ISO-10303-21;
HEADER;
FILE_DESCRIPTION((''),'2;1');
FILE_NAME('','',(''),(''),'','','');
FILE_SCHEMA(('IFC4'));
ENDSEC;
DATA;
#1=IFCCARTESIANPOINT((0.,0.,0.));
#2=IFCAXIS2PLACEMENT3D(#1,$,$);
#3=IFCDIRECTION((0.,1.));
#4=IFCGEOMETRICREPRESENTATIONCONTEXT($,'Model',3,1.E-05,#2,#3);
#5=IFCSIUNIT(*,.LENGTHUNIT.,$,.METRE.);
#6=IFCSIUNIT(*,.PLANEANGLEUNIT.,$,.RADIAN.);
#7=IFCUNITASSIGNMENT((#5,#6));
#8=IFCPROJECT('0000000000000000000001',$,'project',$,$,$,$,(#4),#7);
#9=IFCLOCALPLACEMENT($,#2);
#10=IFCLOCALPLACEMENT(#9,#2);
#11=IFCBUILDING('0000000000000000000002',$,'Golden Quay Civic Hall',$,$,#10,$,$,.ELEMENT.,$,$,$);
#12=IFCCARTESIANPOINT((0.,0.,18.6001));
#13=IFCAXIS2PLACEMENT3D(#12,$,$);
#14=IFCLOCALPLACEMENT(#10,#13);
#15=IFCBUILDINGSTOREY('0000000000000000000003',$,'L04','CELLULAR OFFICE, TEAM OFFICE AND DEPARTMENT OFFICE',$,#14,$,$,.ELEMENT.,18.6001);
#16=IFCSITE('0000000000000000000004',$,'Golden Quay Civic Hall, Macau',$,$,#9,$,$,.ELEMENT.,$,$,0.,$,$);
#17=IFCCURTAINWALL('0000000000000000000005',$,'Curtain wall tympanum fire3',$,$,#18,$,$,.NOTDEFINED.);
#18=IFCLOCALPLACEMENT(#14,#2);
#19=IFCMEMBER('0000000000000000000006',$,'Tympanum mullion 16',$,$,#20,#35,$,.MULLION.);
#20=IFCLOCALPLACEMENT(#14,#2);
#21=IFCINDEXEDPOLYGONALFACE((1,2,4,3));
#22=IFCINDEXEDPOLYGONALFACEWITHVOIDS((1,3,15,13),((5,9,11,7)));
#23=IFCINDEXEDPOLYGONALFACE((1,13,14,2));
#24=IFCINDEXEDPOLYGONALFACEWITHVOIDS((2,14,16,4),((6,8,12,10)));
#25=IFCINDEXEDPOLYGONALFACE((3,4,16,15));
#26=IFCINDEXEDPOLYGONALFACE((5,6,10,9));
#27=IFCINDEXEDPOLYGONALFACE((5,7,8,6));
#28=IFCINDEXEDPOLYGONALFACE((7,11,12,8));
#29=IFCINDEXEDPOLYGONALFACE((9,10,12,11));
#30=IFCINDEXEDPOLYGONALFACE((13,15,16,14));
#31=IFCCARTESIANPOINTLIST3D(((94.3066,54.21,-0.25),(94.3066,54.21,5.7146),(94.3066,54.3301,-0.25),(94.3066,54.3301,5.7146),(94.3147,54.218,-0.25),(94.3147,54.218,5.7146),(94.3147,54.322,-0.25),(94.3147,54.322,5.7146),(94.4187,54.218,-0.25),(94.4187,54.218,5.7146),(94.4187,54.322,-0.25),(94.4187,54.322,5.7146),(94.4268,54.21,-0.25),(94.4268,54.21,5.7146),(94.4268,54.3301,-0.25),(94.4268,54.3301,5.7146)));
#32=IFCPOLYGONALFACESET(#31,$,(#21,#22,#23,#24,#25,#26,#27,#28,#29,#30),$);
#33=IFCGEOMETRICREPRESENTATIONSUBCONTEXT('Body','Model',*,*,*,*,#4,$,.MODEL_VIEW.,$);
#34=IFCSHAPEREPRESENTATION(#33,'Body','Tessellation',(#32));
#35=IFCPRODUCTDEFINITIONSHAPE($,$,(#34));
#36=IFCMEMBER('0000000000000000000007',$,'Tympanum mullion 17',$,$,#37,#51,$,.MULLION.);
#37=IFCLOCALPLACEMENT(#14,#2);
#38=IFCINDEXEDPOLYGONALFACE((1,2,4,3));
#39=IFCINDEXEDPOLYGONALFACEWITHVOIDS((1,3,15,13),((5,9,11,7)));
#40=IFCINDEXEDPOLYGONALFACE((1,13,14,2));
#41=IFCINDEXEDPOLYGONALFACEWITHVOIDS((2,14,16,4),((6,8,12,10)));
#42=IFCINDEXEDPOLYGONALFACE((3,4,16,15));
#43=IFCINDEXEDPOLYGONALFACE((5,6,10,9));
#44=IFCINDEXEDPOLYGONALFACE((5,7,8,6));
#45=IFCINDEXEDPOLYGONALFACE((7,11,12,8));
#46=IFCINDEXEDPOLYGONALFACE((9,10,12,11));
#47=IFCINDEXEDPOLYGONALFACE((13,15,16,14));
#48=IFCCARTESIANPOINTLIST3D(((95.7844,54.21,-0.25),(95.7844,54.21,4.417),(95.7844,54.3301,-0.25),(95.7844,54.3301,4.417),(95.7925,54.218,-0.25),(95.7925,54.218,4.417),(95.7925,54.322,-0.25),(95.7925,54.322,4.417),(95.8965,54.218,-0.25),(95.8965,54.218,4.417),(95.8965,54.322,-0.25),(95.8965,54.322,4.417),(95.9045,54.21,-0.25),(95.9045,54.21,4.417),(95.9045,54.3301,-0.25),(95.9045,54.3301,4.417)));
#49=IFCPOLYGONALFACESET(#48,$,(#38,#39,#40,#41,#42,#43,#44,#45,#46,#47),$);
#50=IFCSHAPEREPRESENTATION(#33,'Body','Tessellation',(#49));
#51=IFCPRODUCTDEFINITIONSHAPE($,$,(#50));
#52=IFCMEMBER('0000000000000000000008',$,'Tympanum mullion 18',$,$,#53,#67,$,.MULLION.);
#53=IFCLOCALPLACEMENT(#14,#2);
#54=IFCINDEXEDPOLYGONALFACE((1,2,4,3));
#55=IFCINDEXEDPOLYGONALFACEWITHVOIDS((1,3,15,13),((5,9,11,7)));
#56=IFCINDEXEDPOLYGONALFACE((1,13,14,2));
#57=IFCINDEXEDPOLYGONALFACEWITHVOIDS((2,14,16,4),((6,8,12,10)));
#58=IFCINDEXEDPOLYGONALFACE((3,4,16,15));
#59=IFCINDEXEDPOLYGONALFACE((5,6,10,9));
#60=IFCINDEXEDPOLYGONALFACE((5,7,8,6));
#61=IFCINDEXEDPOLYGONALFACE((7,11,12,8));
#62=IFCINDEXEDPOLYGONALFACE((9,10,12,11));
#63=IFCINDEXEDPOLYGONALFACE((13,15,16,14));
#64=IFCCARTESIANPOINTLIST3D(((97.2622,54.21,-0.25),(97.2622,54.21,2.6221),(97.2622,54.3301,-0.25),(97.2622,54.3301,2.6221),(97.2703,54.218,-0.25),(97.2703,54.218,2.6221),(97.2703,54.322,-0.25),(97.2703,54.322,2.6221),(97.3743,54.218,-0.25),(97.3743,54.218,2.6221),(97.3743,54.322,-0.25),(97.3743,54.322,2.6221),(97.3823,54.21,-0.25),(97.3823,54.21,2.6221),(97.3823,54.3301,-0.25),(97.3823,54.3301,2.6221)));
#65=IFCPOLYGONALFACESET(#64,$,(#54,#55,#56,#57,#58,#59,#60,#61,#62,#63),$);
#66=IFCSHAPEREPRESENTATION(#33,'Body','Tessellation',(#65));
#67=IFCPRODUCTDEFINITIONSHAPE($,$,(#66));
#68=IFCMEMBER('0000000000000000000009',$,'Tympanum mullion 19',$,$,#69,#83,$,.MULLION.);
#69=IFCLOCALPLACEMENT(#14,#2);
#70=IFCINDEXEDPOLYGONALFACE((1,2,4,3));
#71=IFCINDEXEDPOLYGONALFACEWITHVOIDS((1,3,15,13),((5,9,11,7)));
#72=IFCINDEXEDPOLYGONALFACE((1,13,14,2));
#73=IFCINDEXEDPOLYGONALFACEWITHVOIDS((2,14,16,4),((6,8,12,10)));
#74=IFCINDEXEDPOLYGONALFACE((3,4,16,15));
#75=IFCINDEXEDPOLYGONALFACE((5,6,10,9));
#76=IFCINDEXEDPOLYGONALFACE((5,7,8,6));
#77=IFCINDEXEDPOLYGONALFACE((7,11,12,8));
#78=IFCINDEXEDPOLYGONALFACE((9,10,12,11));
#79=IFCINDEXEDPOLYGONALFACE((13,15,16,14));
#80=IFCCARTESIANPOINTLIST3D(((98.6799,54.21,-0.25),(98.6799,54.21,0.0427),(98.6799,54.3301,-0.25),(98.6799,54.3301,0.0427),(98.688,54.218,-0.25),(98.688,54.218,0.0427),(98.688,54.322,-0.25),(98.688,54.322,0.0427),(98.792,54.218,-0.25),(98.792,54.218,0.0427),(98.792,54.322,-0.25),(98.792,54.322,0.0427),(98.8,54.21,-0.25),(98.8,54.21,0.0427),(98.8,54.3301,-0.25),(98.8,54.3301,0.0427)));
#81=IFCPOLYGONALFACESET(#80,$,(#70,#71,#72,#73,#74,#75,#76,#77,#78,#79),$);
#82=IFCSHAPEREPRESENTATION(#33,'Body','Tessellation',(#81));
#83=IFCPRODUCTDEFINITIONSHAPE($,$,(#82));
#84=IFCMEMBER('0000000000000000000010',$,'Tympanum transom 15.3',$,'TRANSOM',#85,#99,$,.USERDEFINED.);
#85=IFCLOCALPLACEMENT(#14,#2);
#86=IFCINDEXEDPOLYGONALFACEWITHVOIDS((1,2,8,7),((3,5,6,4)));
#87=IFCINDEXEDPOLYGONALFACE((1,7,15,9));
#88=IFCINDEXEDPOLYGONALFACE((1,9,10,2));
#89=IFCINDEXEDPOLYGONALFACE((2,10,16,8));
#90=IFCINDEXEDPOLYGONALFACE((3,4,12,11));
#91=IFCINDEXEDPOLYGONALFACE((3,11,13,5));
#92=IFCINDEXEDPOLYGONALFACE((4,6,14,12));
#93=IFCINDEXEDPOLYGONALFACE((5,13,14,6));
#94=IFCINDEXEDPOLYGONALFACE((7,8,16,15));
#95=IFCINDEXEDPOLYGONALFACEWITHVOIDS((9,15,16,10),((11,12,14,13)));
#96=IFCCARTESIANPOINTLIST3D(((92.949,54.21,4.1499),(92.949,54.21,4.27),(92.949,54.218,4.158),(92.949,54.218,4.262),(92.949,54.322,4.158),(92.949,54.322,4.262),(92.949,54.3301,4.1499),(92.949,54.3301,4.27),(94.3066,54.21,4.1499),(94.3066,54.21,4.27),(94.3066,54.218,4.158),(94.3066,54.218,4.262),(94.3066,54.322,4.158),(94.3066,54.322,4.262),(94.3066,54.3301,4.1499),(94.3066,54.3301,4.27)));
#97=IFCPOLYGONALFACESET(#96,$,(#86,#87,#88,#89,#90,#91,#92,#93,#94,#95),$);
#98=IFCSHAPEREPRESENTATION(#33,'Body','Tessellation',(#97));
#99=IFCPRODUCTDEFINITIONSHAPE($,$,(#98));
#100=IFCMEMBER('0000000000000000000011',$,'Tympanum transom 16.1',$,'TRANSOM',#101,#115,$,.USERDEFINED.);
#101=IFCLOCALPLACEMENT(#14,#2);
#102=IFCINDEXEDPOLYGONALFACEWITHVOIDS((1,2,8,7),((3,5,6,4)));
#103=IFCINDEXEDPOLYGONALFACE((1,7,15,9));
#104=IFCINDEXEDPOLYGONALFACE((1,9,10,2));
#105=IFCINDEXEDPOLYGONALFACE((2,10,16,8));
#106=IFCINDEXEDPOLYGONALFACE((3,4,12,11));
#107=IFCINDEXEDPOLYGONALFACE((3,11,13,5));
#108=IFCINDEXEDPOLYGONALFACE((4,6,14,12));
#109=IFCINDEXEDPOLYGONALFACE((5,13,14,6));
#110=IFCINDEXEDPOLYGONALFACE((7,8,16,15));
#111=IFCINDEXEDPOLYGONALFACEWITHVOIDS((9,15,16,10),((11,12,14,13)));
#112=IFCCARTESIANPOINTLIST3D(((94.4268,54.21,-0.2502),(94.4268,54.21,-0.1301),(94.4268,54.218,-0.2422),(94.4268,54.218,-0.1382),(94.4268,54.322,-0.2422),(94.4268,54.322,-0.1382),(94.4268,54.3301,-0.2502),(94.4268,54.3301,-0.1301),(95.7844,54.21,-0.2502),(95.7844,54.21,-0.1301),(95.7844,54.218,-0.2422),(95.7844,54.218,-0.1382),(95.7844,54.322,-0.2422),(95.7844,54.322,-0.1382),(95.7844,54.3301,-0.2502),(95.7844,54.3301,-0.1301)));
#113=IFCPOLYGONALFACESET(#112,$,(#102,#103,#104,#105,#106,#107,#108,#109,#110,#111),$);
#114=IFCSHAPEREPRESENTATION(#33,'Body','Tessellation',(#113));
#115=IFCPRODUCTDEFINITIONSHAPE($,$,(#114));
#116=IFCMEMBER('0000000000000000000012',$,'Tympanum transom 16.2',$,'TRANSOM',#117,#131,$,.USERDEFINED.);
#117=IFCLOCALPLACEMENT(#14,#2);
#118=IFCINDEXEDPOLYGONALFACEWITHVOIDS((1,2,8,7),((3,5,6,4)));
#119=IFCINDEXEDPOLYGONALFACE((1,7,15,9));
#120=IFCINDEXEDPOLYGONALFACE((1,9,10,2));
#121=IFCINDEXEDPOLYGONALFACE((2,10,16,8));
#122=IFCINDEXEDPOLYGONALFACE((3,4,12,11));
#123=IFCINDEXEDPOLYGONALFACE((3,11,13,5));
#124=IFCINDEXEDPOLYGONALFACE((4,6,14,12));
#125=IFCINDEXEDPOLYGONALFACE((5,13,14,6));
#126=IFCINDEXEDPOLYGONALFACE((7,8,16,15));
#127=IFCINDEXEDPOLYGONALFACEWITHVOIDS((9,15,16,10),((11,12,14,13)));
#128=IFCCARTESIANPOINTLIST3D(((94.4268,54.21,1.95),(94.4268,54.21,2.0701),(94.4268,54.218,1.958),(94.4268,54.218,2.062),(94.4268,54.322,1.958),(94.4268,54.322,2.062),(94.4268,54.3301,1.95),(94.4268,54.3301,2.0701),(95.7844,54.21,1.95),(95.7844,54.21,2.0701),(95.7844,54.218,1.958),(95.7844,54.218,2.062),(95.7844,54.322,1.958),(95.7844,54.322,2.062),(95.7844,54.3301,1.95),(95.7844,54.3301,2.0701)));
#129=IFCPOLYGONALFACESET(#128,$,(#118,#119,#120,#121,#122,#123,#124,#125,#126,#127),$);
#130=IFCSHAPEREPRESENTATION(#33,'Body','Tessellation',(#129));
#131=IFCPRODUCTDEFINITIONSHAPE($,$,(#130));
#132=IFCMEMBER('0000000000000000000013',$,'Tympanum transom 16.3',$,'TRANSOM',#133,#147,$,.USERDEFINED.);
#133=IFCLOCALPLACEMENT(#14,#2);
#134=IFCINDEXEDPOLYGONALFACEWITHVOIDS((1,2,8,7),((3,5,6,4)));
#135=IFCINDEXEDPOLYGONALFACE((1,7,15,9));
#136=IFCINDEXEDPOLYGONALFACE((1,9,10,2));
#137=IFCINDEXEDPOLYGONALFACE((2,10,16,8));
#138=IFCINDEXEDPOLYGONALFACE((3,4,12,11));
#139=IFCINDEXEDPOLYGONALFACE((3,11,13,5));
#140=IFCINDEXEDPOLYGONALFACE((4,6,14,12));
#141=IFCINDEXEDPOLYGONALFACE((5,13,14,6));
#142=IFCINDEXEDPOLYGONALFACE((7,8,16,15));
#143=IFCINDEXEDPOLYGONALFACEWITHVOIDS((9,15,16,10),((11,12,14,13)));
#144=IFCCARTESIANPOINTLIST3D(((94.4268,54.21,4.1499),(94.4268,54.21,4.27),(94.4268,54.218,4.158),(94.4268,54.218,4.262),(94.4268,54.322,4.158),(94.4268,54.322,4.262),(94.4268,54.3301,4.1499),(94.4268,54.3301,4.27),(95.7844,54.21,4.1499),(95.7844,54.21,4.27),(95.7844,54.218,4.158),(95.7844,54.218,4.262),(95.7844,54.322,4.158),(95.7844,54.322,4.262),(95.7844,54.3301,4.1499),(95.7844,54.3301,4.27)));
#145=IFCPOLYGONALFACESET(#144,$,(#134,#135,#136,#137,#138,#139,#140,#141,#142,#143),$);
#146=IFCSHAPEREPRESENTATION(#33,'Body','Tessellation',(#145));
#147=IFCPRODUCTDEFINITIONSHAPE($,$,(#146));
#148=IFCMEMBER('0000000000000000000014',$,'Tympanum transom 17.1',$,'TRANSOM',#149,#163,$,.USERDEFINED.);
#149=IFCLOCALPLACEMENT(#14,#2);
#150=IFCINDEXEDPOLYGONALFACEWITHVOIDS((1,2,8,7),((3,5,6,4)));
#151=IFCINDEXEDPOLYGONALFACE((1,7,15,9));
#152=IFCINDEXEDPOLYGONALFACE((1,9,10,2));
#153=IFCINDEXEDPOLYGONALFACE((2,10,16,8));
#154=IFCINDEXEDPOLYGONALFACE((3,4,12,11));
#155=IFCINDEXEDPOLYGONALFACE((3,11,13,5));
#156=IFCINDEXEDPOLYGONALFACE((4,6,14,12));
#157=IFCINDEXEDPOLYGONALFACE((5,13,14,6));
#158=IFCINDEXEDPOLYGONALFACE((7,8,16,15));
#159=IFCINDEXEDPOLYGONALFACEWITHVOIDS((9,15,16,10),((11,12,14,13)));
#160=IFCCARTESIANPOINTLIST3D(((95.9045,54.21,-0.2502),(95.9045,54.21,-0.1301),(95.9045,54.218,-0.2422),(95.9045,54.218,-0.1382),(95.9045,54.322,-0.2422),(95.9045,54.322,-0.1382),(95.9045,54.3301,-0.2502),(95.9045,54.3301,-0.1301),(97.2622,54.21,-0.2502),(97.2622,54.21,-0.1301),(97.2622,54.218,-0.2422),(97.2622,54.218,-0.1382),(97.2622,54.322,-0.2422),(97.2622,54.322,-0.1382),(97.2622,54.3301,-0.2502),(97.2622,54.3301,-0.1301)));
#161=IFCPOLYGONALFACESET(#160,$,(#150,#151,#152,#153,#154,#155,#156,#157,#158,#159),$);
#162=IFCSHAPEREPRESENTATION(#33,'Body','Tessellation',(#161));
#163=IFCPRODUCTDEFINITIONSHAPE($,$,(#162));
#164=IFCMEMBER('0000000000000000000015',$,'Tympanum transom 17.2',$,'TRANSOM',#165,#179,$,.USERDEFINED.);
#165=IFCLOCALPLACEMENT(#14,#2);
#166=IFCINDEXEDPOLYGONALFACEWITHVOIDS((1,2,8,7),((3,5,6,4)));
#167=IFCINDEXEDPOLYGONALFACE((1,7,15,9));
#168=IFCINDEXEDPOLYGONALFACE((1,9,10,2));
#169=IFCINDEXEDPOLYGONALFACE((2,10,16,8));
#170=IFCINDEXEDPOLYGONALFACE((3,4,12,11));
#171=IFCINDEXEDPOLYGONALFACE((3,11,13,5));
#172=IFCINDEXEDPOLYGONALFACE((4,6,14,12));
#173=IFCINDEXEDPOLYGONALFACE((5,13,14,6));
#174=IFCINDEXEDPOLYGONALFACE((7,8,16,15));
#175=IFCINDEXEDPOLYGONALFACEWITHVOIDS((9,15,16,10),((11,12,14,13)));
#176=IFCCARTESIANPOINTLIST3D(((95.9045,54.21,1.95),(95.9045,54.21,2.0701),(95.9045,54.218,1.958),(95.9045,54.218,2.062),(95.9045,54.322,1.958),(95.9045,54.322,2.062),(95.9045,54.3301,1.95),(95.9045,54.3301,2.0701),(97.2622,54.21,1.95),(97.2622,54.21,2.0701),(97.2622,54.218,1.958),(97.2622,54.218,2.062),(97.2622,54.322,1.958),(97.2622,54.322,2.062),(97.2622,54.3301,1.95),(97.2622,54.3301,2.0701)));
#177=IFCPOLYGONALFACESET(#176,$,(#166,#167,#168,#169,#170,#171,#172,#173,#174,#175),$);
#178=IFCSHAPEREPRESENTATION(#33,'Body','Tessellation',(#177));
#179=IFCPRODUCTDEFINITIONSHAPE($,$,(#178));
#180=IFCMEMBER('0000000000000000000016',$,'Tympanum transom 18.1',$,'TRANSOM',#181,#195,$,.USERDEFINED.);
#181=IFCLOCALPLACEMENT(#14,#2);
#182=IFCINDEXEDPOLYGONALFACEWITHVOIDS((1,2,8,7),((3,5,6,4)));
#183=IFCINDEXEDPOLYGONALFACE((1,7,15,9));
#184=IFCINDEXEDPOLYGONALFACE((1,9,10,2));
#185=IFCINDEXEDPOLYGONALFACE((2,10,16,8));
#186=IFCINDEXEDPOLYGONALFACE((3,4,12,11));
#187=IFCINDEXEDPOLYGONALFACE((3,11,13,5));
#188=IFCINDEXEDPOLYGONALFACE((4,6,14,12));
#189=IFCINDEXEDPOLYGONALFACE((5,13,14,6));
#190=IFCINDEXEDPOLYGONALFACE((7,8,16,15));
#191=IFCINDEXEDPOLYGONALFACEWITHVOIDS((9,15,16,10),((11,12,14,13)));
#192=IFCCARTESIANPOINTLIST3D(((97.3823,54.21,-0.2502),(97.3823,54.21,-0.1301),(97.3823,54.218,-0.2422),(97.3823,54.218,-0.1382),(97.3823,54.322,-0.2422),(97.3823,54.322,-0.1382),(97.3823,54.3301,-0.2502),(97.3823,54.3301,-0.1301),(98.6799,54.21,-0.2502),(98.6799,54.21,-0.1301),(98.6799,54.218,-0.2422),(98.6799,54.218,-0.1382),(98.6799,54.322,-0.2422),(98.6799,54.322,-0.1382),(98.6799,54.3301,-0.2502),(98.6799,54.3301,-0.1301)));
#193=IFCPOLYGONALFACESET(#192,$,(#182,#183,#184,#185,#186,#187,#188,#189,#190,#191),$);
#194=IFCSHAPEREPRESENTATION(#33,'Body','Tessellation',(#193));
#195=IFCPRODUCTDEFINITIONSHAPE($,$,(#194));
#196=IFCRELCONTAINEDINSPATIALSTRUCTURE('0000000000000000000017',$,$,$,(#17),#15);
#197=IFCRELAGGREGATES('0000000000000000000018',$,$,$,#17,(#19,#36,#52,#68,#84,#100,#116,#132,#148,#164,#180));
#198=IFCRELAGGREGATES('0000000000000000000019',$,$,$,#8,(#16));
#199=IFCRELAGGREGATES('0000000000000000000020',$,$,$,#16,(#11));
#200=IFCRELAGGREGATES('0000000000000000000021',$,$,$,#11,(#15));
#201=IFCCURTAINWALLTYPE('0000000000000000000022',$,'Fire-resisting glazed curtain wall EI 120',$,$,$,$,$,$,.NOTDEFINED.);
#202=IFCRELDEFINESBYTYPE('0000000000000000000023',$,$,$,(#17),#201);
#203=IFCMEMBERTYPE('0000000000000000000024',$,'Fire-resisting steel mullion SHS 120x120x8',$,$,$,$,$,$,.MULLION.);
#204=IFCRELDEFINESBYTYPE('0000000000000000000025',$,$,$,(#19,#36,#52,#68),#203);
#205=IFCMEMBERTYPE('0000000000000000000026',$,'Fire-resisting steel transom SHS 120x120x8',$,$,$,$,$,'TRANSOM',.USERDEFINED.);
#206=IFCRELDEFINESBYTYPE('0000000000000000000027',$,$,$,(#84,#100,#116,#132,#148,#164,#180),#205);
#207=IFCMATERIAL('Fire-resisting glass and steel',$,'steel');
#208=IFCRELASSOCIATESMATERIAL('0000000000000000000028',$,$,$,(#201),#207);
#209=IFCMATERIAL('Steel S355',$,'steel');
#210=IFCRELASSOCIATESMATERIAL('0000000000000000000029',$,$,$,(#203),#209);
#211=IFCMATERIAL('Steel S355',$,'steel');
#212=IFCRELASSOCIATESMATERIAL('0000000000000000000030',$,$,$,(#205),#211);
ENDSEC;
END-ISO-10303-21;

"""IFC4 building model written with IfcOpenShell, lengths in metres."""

from ifc_helpers import new_model, si_unit, direction, frame, origin, origin_2d, place, context, subcontext, project, spatial, hollow_rectangle, extrude, material, material_profile, profile_set, type_object, element, aggregate, save


model = new_model("IFC4")

# Units and contexts
model_context = context("Model", 3, precision=1e-05, world=origin(), true_north=direction((0.0, 1.0)))
body_context = subcontext(model_context, "Body", "Model", "MODEL_VIEW")
ifc_project = project(units=[si_unit("LENGTHUNIT", "METRE"), si_unit("PLANEANGLEUNIT", "RADIAN")], contexts=[model_context])

# Site, building, storey
site_placement = place(None, origin())
site = spatial("IfcSite", under=ifc_project, at=site_placement, Name="Golden Quay Civic Hall, Macau", CompositionType="ELEMENT", RefElevation=0.0)
building_placement = place(site_placement, origin())
building = spatial("IfcBuilding", under=site, at=building_placement, Name="Golden Quay Civic Hall", CompositionType="ELEMENT")
storey_placement = place(building_placement, frame((0.0, 0.0, 18.6001)))
storey = spatial("IfcBuildingStorey", under=building, at=storey_placement, Name="L04", Description="CELLULAR OFFICE, TEAM OFFICE AND DEPARTMENT OFFICE", CompositionType="ELEMENT", Elevation=18.6001)

# Curtain wall, members
ifc_material_1 = material(Name="Fire-resisting glass and steel", Category="steel")
curtain_wall_type = type_object("IfcCurtainWallType", Name="Fire-resisting glazed curtain wall EI 120", PredefinedType="NOTDEFINED", material=ifc_material_1)
curtain_wall_placement = place(storey_placement, origin())
curtain_wall = element("IfcCurtainWall", 1, at=curtain_wall_placement, inside=storey, type_object=curtain_wall_type, Name="Curtain wall tympanum fire3", PredefinedType="NOTDEFINED")
ifc_material_2 = material(Name="Steel S355", Category="steel")
ifc_material_profile_1 = material_profile(ifc_material_2, hollow_rectangle(XDim=0.1201, YDim=0.1201, WallThickness=0.0081, at=origin_2d()), Name="SHS 120x120x8")
ifc_profile_set_1 = profile_set([ifc_material_profile_1], Name="Steel S355")
member_type_1 = type_object("IfcMemberType", Name="Fire-resisting steel mullion SHS 120x120x8", PredefinedType="MULLION", material=ifc_profile_set_1)
member_1_placement = place(storey_placement, frame((94.3667, 54.27, -0.25), z_axis=(0.0, 0.0, 1.0), x_axis=(0.0, 1.0, 0.0)))
member_1 = element("IfcMember", 2, at=member_1_placement, type_object=member_type_1, Name="Tympanum mullion 16", PredefinedType="MULLION", context=body_context, shape_type="SweptSolid", body=[
    extrude(hollow_rectangle(XDim=0.1201, YDim=0.1201, WallThickness=0.0081, at=origin_2d()), origin(), (0.0, 0.0, 1.0), 5.9646),
])
member_2_placement = place(storey_placement, frame((95.8445, 54.27, -0.25), z_axis=(0.0, 0.0, 1.0), x_axis=(0.0, 1.0, 0.0)))
member_2 = element("IfcMember", 3, at=member_2_placement, type_object=member_type_1, Name="Tympanum mullion 17", PredefinedType="MULLION", context=body_context, shape_type="SweptSolid", body=[
    extrude(hollow_rectangle(XDim=0.1201, YDim=0.1201, WallThickness=0.0081, at=origin_2d()), origin(), (0.0, 0.0, 1.0), 4.667),
])
member_3_placement = place(storey_placement, frame((97.3223, 54.27, -0.25), z_axis=(0.0, 0.0, 1.0), x_axis=(0.0, 1.0, 0.0)))
member_3 = element("IfcMember", 4, at=member_3_placement, type_object=member_type_1, Name="Tympanum mullion 18", PredefinedType="MULLION", context=body_context, shape_type="SweptSolid", body=[
    extrude(hollow_rectangle(XDim=0.1201, YDim=0.1201, WallThickness=0.0081, at=origin_2d()), origin(), (0.0, 0.0, 1.0), 2.8721),
])
member_4_placement = place(storey_placement, frame((98.74, 54.27, -0.25), z_axis=(0.0, 0.0, 1.0), x_axis=(0.0, 1.0, 0.0)))
member_4 = element("IfcMember", 5, at=member_4_placement, type_object=member_type_1, Name="Tympanum mullion 19", PredefinedType="MULLION", context=body_context, shape_type="SweptSolid", body=[
    extrude(hollow_rectangle(XDim=0.1201, YDim=0.1201, WallThickness=0.0081, at=origin_2d()), origin(), (0.0, 0.0, 1.0), 0.2927),
])
ifc_material_3 = material(Name="Steel S355", Category="steel")
ifc_material_profile_2 = material_profile(ifc_material_3, hollow_rectangle(XDim=0.1201, YDim=0.1201, WallThickness=0.0081, at=origin_2d()), Name="SHS 120x120x8")
ifc_profile_set_2 = profile_set([ifc_material_profile_2], Name="Steel S355")
member_type_2 = type_object("IfcMemberType", Name="Fire-resisting steel transom SHS 120x120x8", ElementType="TRANSOM", PredefinedType="USERDEFINED", material=ifc_profile_set_2)
member_5_placement = place(storey_placement, frame((92.949, 54.27, 4.21), z_axis=(1.0, 0.0, 0.0), x_axis=(0.0, 1.0, 0.0)))
member_5 = element("IfcMember", 6, at=member_5_placement, type_object=member_type_2, Name="Tympanum transom 15.3", ObjectType="TRANSOM", PredefinedType="USERDEFINED", context=body_context, shape_type="SweptSolid", body=[
    extrude(hollow_rectangle(XDim=0.1201, YDim=0.1201, WallThickness=0.0081, at=origin_2d()), origin(), (0.0, 0.0, 1.0), 1.3577),
])
member_6_placement = place(storey_placement, frame((94.4268, 54.27, -0.1902), z_axis=(1.0, 0.0, 0.0), x_axis=(0.0, 1.0, 0.0)))
member_6 = element("IfcMember", 7, at=member_6_placement, type_object=member_type_2, Name="Tympanum transom 16.1", ObjectType="TRANSOM", PredefinedType="USERDEFINED", context=body_context, shape_type="SweptSolid", body=[
    extrude(hollow_rectangle(XDim=0.1201, YDim=0.1201, WallThickness=0.0081, at=origin_2d()), origin(), (0.0, 0.0, 1.0), 1.3577),
])
member_7_placement = place(storey_placement, frame((94.4268, 54.27, 2.01), z_axis=(1.0, 0.0, 0.0), x_axis=(0.0, 1.0, 0.0)))
member_7 = element("IfcMember", 8, at=member_7_placement, type_object=member_type_2, Name="Tympanum transom 16.2", ObjectType="TRANSOM", PredefinedType="USERDEFINED", context=body_context, shape_type="SweptSolid", body=[
    extrude(hollow_rectangle(XDim=0.1201, YDim=0.1201, WallThickness=0.0081, at=origin_2d()), origin(), (0.0, 0.0, 1.0), 1.3577),
])
member_8_placement = place(storey_placement, frame((94.4268, 54.27, 4.21), z_axis=(1.0, 0.0, 0.0), x_axis=(0.0, 1.0, 0.0)))
member_8 = element("IfcMember", 9, at=member_8_placement, type_object=member_type_2, Name="Tympanum transom 16.3", ObjectType="TRANSOM", PredefinedType="USERDEFINED", context=body_context, shape_type="SweptSolid", body=[
    extrude(hollow_rectangle(XDim=0.1201, YDim=0.1201, WallThickness=0.0081, at=origin_2d()), origin(), (0.0, 0.0, 1.0), 1.3577),
])
member_9_placement = place(storey_placement, frame((95.9045, 54.27, -0.1902), z_axis=(1.0, 0.0, 0.0), x_axis=(0.0, 1.0, 0.0)))
member_9 = element("IfcMember", 10, at=member_9_placement, type_object=member_type_2, Name="Tympanum transom 17.1", ObjectType="TRANSOM", PredefinedType="USERDEFINED", context=body_context, shape_type="SweptSolid", body=[
    extrude(hollow_rectangle(XDim=0.1201, YDim=0.1201, WallThickness=0.0081, at=origin_2d()), origin(), (0.0, 0.0, 1.0), 1.3577),
])
member_10_placement = place(storey_placement, frame((95.9045, 54.27, 2.01), z_axis=(1.0, 0.0, 0.0), x_axis=(0.0, 1.0, 0.0)))
member_10 = element("IfcMember", 11, at=member_10_placement, type_object=member_type_2, Name="Tympanum transom 17.2", ObjectType="TRANSOM", PredefinedType="USERDEFINED", context=body_context, shape_type="SweptSolid", body=[
    extrude(hollow_rectangle(XDim=0.1201, YDim=0.1201, WallThickness=0.0081, at=origin_2d()), origin(), (0.0, 0.0, 1.0), 1.3577),
])
member_11_placement = place(storey_placement, frame((97.3823, 54.27, -0.1902), z_axis=(1.0, 0.0, 0.0), x_axis=(0.0, 1.0, 0.0)))
member_11 = element("IfcMember", 12, at=member_11_placement, type_object=member_type_2, Name="Tympanum transom 18.1", ObjectType="TRANSOM", PredefinedType="USERDEFINED", context=body_context, shape_type="SweptSolid", body=[
    extrude(hollow_rectangle(XDim=0.1201, YDim=0.1201, WallThickness=0.0081, at=origin_2d()), origin(), (0.0, 0.0, 1.0), 1.2976),
])
aggregate(curtain_wall, [member_1, member_2, member_3, member_4, member_5, member_6, member_7, member_8, member_9, member_10, member_11])

save(model, "model.ifc")
